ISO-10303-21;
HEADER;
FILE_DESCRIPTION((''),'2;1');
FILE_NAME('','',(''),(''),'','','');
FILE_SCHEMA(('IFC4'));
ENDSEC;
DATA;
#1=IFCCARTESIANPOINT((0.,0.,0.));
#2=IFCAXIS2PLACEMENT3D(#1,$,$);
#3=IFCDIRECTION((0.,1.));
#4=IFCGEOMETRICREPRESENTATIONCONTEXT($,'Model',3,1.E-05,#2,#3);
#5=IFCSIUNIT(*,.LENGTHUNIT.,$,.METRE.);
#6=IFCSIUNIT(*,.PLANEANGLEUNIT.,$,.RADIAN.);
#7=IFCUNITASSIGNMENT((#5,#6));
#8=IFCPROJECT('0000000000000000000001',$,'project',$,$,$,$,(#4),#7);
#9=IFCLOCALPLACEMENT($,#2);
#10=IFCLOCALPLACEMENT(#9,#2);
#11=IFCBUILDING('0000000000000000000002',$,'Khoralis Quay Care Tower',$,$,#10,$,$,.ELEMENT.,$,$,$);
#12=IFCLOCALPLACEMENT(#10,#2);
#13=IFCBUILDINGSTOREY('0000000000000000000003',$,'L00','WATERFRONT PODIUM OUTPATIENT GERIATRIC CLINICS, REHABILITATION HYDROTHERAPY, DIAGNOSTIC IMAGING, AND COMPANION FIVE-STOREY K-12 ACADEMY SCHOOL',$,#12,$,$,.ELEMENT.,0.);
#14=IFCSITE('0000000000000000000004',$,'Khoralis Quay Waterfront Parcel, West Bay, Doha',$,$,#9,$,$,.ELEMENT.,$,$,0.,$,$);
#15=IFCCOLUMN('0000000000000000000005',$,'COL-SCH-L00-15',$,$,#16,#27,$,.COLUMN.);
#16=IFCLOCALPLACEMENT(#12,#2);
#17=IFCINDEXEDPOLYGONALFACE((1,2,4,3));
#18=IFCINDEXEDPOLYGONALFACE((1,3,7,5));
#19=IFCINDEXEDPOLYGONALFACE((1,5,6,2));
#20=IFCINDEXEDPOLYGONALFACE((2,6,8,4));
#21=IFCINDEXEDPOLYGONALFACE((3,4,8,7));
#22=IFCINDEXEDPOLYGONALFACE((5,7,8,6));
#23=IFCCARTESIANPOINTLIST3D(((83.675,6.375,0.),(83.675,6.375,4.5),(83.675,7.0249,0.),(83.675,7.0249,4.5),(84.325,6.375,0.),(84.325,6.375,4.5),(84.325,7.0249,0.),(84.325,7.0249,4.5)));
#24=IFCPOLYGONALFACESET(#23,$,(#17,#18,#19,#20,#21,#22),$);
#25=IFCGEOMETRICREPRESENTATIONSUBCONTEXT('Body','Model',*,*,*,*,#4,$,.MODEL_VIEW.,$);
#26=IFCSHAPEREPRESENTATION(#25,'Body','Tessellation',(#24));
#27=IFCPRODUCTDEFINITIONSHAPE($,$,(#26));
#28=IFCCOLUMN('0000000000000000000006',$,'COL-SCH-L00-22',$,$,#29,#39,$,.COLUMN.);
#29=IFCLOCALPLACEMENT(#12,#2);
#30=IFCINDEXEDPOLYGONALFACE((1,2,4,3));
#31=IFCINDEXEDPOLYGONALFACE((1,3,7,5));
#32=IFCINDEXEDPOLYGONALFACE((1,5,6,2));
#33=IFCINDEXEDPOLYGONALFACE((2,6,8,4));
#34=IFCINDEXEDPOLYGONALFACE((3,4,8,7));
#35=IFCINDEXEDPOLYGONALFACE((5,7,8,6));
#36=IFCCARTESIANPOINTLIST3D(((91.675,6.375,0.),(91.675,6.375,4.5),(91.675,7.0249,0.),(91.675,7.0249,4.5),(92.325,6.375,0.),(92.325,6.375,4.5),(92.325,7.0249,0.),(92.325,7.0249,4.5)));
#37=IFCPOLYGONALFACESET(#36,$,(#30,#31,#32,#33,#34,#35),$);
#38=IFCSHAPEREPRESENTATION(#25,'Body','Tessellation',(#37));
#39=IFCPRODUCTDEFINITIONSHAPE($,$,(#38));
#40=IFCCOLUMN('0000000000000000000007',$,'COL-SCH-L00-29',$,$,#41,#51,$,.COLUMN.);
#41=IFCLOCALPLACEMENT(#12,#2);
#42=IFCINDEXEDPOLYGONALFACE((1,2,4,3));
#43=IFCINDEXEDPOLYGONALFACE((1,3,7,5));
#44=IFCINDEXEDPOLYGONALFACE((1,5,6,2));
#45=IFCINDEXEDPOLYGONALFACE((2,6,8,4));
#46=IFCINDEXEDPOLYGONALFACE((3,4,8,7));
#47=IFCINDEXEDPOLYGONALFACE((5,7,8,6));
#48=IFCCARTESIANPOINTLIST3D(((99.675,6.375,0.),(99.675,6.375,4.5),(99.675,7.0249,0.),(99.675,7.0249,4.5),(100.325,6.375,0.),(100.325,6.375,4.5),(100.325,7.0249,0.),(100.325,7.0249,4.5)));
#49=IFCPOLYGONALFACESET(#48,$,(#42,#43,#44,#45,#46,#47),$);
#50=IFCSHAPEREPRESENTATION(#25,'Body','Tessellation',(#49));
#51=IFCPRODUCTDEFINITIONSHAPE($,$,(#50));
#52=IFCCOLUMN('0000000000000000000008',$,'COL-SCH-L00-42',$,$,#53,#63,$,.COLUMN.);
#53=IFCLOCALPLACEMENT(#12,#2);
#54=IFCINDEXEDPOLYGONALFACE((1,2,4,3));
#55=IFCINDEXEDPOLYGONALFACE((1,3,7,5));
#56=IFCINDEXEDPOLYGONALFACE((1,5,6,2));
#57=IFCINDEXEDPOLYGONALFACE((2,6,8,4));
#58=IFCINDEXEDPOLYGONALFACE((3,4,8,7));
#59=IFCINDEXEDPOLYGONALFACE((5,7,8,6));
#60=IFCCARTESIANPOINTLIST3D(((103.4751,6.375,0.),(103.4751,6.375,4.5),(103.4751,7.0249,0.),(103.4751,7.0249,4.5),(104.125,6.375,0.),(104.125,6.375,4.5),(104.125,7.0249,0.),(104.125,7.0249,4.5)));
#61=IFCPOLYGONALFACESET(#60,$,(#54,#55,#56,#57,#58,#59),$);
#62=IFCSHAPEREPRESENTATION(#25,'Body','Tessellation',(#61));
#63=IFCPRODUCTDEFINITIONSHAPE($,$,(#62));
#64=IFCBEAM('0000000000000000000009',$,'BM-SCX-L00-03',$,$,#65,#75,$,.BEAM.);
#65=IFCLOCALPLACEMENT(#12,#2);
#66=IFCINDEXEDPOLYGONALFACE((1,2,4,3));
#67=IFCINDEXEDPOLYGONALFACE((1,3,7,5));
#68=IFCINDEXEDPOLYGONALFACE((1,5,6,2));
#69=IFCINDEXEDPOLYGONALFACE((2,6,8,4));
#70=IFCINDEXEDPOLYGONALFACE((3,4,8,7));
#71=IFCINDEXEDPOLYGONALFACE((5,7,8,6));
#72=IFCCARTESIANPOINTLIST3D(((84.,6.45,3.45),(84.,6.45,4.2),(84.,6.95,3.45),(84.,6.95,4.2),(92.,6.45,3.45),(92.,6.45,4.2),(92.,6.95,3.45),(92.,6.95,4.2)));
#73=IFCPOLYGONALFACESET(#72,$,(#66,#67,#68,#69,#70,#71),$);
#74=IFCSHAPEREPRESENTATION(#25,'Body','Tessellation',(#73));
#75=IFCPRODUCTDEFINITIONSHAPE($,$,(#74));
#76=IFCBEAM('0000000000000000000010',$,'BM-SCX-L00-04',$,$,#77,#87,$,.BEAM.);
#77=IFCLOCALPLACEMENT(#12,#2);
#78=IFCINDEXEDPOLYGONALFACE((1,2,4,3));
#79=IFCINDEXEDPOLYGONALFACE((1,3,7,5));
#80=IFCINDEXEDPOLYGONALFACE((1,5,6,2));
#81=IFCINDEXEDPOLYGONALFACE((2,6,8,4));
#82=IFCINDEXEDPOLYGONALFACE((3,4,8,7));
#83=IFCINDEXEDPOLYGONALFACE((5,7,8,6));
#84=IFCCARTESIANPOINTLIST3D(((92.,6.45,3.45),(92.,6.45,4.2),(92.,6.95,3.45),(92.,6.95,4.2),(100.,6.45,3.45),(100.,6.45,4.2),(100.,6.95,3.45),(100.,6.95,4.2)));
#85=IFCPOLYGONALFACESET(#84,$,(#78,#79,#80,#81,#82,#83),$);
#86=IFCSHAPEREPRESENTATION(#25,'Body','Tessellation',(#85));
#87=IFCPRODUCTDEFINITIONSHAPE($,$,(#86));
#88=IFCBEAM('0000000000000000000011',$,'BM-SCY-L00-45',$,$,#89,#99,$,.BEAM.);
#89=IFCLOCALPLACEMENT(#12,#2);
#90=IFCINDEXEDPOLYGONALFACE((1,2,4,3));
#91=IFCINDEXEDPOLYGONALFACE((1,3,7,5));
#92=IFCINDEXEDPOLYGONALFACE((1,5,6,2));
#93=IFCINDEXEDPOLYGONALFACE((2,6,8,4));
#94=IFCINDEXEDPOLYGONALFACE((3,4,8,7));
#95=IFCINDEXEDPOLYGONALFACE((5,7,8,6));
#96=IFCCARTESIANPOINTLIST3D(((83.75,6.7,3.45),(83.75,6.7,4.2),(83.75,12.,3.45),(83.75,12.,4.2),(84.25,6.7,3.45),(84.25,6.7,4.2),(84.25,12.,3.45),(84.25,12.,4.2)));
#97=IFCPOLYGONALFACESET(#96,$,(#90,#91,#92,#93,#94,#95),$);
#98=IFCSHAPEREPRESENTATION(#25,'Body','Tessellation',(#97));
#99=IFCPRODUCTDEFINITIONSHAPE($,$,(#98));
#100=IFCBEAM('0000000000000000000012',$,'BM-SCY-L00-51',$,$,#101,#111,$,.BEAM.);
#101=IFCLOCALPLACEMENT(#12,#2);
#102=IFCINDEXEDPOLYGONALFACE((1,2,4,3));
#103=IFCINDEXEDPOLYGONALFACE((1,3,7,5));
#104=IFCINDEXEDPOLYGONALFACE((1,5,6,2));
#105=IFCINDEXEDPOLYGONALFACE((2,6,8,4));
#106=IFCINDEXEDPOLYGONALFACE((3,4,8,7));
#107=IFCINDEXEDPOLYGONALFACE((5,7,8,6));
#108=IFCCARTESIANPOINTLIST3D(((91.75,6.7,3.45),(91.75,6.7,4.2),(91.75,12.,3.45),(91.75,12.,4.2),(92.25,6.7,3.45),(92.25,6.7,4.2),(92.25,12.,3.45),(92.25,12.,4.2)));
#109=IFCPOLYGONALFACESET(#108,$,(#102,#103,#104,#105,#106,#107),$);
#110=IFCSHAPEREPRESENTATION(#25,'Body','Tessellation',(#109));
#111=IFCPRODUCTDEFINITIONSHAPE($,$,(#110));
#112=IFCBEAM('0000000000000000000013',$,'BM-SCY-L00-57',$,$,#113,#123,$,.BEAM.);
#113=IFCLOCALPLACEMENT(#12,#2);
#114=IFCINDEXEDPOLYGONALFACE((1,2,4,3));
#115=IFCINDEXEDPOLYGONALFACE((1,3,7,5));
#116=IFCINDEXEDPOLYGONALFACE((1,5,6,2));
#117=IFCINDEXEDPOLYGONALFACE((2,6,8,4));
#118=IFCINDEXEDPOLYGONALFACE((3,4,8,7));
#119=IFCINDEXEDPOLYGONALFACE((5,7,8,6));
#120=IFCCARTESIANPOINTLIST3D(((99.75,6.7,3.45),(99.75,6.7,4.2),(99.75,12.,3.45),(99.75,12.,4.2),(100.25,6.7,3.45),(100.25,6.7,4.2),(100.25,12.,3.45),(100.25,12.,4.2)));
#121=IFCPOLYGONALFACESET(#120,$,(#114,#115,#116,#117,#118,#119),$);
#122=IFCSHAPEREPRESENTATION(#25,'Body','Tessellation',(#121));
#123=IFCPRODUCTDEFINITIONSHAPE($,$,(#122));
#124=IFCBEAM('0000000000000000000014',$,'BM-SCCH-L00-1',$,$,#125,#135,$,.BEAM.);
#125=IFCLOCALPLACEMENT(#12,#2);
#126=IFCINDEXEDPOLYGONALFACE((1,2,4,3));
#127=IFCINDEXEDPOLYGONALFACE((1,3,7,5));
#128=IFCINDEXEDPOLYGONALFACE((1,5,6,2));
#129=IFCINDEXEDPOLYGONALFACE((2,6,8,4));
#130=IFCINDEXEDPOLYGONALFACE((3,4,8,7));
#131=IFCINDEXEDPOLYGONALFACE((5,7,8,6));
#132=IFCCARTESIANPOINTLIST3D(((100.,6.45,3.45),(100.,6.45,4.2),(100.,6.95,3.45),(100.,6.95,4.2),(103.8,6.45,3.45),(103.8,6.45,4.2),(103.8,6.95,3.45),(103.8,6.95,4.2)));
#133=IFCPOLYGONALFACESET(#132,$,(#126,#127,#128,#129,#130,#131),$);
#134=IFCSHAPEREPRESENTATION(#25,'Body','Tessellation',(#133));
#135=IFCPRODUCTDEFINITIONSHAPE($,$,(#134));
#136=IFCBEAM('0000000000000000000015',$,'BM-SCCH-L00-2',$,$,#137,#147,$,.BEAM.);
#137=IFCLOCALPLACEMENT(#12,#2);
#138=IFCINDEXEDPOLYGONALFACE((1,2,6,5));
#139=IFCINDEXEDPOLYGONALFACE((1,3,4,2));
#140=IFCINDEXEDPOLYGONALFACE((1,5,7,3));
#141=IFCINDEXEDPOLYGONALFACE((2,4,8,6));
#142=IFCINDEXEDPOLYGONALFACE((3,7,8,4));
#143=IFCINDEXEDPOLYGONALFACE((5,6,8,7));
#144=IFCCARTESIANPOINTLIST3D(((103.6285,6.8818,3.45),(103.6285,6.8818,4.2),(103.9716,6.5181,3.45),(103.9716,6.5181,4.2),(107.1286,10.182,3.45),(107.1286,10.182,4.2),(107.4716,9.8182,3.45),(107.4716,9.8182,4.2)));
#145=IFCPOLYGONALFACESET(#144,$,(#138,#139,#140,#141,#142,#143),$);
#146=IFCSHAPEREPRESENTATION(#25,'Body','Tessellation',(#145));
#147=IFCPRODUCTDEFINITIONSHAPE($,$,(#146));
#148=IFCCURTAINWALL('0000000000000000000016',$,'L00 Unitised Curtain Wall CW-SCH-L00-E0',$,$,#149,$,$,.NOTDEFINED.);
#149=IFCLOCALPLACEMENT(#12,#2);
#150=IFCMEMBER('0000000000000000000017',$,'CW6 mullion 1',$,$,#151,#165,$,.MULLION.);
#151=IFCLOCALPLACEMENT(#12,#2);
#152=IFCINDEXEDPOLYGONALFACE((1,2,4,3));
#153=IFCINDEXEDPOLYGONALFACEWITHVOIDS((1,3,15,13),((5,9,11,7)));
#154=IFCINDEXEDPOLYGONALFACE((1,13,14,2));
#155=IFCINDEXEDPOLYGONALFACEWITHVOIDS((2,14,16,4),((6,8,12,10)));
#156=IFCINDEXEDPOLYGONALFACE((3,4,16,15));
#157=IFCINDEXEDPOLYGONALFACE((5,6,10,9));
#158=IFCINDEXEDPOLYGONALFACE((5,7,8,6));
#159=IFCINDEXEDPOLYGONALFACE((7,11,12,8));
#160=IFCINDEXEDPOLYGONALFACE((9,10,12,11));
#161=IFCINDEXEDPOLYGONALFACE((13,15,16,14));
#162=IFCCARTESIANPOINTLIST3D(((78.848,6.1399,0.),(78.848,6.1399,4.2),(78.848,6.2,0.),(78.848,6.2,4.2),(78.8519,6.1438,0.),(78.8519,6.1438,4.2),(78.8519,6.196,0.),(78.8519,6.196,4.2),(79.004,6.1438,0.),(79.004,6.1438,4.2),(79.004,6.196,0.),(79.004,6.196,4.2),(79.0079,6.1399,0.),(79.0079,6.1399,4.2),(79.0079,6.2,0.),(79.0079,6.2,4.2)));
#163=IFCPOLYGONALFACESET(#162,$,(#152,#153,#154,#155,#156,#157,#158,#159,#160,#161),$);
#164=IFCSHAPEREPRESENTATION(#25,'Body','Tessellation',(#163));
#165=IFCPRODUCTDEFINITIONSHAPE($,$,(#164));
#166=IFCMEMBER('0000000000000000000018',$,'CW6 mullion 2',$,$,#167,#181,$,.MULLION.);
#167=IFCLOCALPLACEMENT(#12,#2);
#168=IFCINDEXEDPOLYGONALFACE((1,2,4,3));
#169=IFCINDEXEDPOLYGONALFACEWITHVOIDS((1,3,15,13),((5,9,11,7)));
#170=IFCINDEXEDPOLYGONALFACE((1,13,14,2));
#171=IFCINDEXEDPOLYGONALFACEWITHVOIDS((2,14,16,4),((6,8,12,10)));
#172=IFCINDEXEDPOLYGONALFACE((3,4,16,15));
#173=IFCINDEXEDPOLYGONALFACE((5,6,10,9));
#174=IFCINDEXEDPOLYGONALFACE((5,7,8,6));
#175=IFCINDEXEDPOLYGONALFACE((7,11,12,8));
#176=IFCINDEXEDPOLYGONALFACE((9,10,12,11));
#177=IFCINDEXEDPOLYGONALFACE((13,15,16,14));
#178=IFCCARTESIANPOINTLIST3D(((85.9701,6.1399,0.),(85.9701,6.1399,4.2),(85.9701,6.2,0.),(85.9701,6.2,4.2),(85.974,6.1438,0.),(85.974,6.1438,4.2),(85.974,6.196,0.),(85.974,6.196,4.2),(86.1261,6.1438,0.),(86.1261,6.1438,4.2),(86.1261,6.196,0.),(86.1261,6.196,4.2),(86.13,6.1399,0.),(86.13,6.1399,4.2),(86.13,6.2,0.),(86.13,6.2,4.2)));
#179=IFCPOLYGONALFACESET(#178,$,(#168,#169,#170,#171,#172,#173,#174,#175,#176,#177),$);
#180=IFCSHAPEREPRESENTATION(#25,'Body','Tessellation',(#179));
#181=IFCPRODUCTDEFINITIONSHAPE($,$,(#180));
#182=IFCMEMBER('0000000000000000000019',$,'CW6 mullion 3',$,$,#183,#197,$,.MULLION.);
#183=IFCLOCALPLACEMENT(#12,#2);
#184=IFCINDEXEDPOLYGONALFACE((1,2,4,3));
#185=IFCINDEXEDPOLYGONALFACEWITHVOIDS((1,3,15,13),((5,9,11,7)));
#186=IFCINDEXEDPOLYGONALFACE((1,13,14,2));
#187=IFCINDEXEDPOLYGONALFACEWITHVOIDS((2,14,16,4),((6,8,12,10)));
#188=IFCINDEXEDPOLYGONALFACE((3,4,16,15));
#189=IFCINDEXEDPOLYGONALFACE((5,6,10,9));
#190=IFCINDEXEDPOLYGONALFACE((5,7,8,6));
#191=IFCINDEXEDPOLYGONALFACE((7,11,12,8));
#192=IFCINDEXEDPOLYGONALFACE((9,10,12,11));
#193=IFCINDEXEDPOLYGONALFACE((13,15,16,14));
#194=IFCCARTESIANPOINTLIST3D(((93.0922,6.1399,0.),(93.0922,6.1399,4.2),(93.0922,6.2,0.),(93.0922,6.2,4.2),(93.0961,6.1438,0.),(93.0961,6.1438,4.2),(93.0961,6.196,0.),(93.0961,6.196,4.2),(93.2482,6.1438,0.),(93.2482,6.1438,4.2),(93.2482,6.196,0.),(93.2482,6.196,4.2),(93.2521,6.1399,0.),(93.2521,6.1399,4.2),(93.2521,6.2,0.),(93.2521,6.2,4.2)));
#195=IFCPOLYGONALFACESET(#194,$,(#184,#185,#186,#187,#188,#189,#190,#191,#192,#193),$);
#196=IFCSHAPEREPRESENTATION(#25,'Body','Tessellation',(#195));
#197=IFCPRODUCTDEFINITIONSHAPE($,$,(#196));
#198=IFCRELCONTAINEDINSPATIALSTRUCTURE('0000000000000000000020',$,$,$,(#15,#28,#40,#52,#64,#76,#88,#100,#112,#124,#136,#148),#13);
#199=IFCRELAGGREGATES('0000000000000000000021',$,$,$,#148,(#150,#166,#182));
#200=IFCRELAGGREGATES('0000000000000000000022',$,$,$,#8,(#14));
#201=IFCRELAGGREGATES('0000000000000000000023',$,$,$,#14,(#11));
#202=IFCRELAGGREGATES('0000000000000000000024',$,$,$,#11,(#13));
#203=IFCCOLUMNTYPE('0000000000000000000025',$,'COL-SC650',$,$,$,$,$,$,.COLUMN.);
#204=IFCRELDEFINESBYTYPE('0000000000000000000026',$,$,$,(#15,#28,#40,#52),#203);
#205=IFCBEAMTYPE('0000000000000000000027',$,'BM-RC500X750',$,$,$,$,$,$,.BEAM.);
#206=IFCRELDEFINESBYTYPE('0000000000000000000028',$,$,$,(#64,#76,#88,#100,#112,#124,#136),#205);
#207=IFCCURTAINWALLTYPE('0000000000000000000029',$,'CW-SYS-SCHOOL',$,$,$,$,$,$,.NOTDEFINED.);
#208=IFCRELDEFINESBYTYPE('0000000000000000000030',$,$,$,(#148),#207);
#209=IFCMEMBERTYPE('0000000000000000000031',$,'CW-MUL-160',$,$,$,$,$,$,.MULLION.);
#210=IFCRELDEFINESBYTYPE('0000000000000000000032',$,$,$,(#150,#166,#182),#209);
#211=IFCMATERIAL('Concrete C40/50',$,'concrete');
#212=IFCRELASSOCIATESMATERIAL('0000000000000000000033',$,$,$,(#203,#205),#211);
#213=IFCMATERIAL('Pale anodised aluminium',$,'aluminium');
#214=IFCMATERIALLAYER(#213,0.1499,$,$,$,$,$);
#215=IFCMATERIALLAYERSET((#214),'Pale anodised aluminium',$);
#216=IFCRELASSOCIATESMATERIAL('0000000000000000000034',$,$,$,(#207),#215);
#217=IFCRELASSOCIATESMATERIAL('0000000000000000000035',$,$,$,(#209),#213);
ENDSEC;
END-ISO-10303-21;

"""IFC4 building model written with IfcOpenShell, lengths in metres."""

from ifc_helpers import new_model, si_unit, direction, frame, origin, origin_2d, place, context, subcontext, project, spatial, rectangle, hollow_rectangle, extrude, source, transform, mapped, material, layer, layer_set, material_profile, profile_set, type_object, element, aggregate, save


model = new_model("IFC4")

# Units and contexts
model_context = context("Model", 3, precision=1e-05, world=origin(), true_north=direction((0.0, 1.0)))
body_context = subcontext(model_context, "Body", "Model", "MODEL_VIEW")
ifc_project = project(units=[si_unit("LENGTHUNIT", "METRE"), si_unit("PLANEANGLEUNIT", "RADIAN")], contexts=[model_context])

# Site, building, storey
site_placement = place(None, origin())
site = spatial("IfcSite", under=ifc_project, at=site_placement, Name="Khoralis Quay Waterfront Parcel, West Bay, Doha", CompositionType="ELEMENT", RefElevation=0.0)
building_placement = place(site_placement, origin())
building = spatial("IfcBuilding", under=site, at=building_placement, Name="Khoralis Quay Care Tower", CompositionType="ELEMENT")
storey_placement = place(building_placement, origin())
storey = spatial("IfcBuildingStorey", under=building, at=storey_placement, Name="L00", Description="WATERFRONT PODIUM OUTPATIENT GERIATRIC CLINICS, REHABILITATION HYDROTHERAPY, DIAGNOSTIC IMAGING, AND COMPANION FIVE-STOREY K-12 ACADEMY SCHOOL", CompositionType="ELEMENT", Elevation=0.0)

# Columns
ifc_material_1 = material(Name="Concrete C40/50", Category="concrete")
ifc_material_profile_1 = material_profile(ifc_material_1, rectangle(XDim=0.6499, YDim=0.6499, at=origin_2d()), Name="Concrete C40/50")
ifc_profile_set_1 = profile_set([ifc_material_profile_1], Name="Concrete C40/50")
column_type = type_object("IfcColumnType", Name="COL-SC650", PredefinedType="COLUMN", material=ifc_profile_set_1)
shared_shape_1 = source(origin(), body_context, "Body", "SweptSolid", [
    extrude(rectangle(XDim=0.6499, YDim=0.6499, at=origin_2d()), origin(), (0.0, 0.0, 1.0), 4.5),
])
for number, where, z_axis, x_axis, name in (
    (1, (84.0, 6.7, 0.0), (0.0, 0.0, 1.0), (1.0, 0.0, 0.0), "COL-SCH-L00-15"),
    (2, (92.0, 6.7, 0.0), (0.0, 0.0, 1.0), (1.0, 0.0, 0.0), "COL-SCH-L00-22"),
    (3, (100.0, 6.7, 0.0), (0.0, 0.0, 1.0), (1.0, 0.0, 0.0), "COL-SCH-L00-29"),
    (4, (103.8, 6.7, 0.0), (0.0, 0.0, 1.0), (1.0, 0.0, 0.0), "COL-SCH-L00-42"),
):
    element("IfcColumn", number, at=place(storey_placement, frame(where, z_axis=z_axis, x_axis=x_axis)), inside=storey, type_object=column_type, Name=name, PredefinedType="COLUMN", context=body_context, shape_type="MappedRepresentation", body=[
        mapped(shared_shape_1, transform((0.0, 0.0, 0.0), scale=1.0)),
    ])

# Beams
ifc_material_profile_2 = material_profile(ifc_material_1, rectangle(XDim=0.5, YDim=0.75, at=origin_2d()), Name="Concrete C40/50")
ifc_profile_set_2 = profile_set([ifc_material_profile_2], Name="Concrete C40/50")
beam_type = type_object("IfcBeamType", Name="BM-RC500X750", PredefinedType="BEAM", material=ifc_profile_set_2)
shared_shape_2 = source(origin(), body_context, "Body", "SweptSolid", [
    extrude(rectangle(XDim=0.5, YDim=0.75, at=origin_2d()), origin(), (0.0, 0.0, 1.0), 8.0),
])
for number, where, z_axis, x_axis, name in (
    (5, (84.0, 6.7, 3.825), (1.0, 0.0, 0.0), (0.0, 1.0, 0.0), "BM-SCX-L00-03"),
    (6, (92.0, 6.7, 3.825), (1.0, 0.0, 0.0), (0.0, 1.0, 0.0), "BM-SCX-L00-04"),
):
    element("IfcBeam", number, at=place(storey_placement, frame(where, z_axis=z_axis, x_axis=x_axis)), inside=storey, type_object=beam_type, Name=name, PredefinedType="BEAM", context=body_context, shape_type="MappedRepresentation", body=[
        mapped(shared_shape_2, transform((0.0, 0.0, 0.0), scale=1.0)),
    ])
shared_shape_3 = source(origin(), body_context, "Body", "SweptSolid", [
    extrude(rectangle(XDim=0.5, YDim=0.75, at=origin_2d()), origin(), (0.0, 0.0, 1.0), 5.3),
])
for number, where, z_axis, x_axis, name in (
    (7, (84.0, 6.7, 3.825), (0.0, 1.0, 0.0), (-1.0, 0.0, 0.0), "BM-SCY-L00-45"),
    (8, (92.0, 6.7, 3.825), (0.0, 1.0, 0.0), (-1.0, 0.0, 0.0), "BM-SCY-L00-51"),
    (9, (100.0, 6.7, 3.825), (0.0, 1.0, 0.0), (-1.0, 0.0, 0.0), "BM-SCY-L00-57"),
):
    element("IfcBeam", number, at=place(storey_placement, frame(where, z_axis=z_axis, x_axis=x_axis)), inside=storey, type_object=beam_type, Name=name, PredefinedType="BEAM", context=body_context, shape_type="MappedRepresentation", body=[
        mapped(shared_shape_3, transform((0.0, 0.0, 0.0), scale=1.0)),
    ])
shared_shape_4 = source(origin(), body_context, "Body", "SweptSolid", [
    extrude(rectangle(XDim=0.5, YDim=0.75, at=origin_2d()), origin(), (0.0, 0.0, 1.0), 3.8),
])
beam_1_placement = place(storey_placement, frame((100.0, 6.7, 3.825), z_axis=(1.0, 0.0, 0.0), x_axis=(0.0, 1.0, 0.0)))
element("IfcBeam", 10, at=beam_1_placement, inside=storey, type_object=beam_type, Name="BM-SCCH-L00-1", PredefinedType="BEAM", context=body_context, shape_type="MappedRepresentation", body=[
    mapped(shared_shape_4, transform((0.0, 0.0, 0.0), scale=1.0)),
])
shared_shape_5 = source(origin(), body_context, "Body", "SweptSolid", [
    extrude(rectangle(XDim=0.5, YDim=0.75, at=origin_2d()), origin(), (0.0, 0.0, 1.0), 4.8105),
])
beam_2_placement = place(storey_placement, frame((103.8, 6.7, 3.825), z_axis=(0.727584, 0.686018, 0.0), x_axis=(-0.686018, 0.727584, 0.0)))
element("IfcBeam", 11, at=beam_2_placement, inside=storey, type_object=beam_type, Name="BM-SCCH-L00-2", PredefinedType="BEAM", context=body_context, shape_type="MappedRepresentation", body=[
    mapped(shared_shape_5, transform((0.0, 0.0, 0.0), scale=1.0)),
])

# Curtain wall, members
ifc_material_2 = material(Name="Pale anodised aluminium", Category="aluminium")
ifc_layer_1 = layer(ifc_material_2, 0.1499)
ifc_layer_set_1 = layer_set([ifc_layer_1], Name="Pale anodised aluminium")
curtain_wall_type = type_object("IfcCurtainWallType", Name="CW-SYS-SCHOOL", PredefinedType="NOTDEFINED", material=ifc_layer_set_1)
curtain_wall_placement = place(storey_placement, origin())
curtain_wall = element("IfcCurtainWall", 12, at=curtain_wall_placement, inside=storey, type_object=curtain_wall_type, Name="L00 Unitised Curtain Wall CW-SCH-L00-E0", PredefinedType="NOTDEFINED")
ifc_material_profile_3 = material_profile(ifc_material_2, hollow_rectangle(XDim=0.0601, YDim=0.1599, WallThickness=0.0039, at=origin_2d()), Name="Pale anodised aluminium")
ifc_profile_set_3 = profile_set([ifc_material_profile_3], Name="Pale anodised aluminium")
member_type_1 = type_object("IfcMemberType", Name="CW-MUL-160", PredefinedType="MULLION", material=ifc_profile_set_3)
shared_shape_6 = source(origin(), body_context, "Body", "SweptSolid", [
    extrude(hollow_rectangle(XDim=0.0601, YDim=0.1599, WallThickness=0.0039, at=origin_2d()), origin(), (0.0, 0.0, 1.0), 4.2),
])
member_1_placement = place(storey_placement, frame((78.928, 6.1699, 0.0), z_axis=(0.0, 0.0, 1.0), x_axis=(0.0, 1.0, 0.0)))
member_1 = element("IfcMember", 13, at=member_1_placement, type_object=member_type_1, Name="CW6 mullion 1", PredefinedType="MULLION", context=body_context, shape_type="MappedRepresentation", body=[
    mapped(shared_shape_6, transform((0.0, 0.0, 0.0), scale=1.0)),
])
member_2_placement = place(storey_placement, frame((86.05, 6.1699, 0.0), z_axis=(0.0, 0.0, 1.0), x_axis=(0.0, 1.0, 0.0)))
member_2 = element("IfcMember", 14, at=member_2_placement, type_object=member_type_1, Name="CW6 mullion 2", PredefinedType="MULLION", context=body_context, shape_type="MappedRepresentation", body=[
    mapped(shared_shape_6, transform((0.0, 0.0, 0.0), scale=1.0)),
])
member_3_placement = place(storey_placement, frame((93.1721, 6.1699, 0.0), z_axis=(0.0, 0.0, 1.0), x_axis=(0.0, 1.0, 0.0)))
member_3 = element("IfcMember", 15, at=member_3_placement, type_object=member_type_1, Name="CW6 mullion 3", PredefinedType="MULLION", context=body_context, shape_type="MappedRepresentation", body=[
    mapped(shared_shape_6, transform((0.0, 0.0, 0.0), scale=1.0)),
])
aggregate(curtain_wall, [member_1, member_2, member_3])

save(model, "model.ifc")
